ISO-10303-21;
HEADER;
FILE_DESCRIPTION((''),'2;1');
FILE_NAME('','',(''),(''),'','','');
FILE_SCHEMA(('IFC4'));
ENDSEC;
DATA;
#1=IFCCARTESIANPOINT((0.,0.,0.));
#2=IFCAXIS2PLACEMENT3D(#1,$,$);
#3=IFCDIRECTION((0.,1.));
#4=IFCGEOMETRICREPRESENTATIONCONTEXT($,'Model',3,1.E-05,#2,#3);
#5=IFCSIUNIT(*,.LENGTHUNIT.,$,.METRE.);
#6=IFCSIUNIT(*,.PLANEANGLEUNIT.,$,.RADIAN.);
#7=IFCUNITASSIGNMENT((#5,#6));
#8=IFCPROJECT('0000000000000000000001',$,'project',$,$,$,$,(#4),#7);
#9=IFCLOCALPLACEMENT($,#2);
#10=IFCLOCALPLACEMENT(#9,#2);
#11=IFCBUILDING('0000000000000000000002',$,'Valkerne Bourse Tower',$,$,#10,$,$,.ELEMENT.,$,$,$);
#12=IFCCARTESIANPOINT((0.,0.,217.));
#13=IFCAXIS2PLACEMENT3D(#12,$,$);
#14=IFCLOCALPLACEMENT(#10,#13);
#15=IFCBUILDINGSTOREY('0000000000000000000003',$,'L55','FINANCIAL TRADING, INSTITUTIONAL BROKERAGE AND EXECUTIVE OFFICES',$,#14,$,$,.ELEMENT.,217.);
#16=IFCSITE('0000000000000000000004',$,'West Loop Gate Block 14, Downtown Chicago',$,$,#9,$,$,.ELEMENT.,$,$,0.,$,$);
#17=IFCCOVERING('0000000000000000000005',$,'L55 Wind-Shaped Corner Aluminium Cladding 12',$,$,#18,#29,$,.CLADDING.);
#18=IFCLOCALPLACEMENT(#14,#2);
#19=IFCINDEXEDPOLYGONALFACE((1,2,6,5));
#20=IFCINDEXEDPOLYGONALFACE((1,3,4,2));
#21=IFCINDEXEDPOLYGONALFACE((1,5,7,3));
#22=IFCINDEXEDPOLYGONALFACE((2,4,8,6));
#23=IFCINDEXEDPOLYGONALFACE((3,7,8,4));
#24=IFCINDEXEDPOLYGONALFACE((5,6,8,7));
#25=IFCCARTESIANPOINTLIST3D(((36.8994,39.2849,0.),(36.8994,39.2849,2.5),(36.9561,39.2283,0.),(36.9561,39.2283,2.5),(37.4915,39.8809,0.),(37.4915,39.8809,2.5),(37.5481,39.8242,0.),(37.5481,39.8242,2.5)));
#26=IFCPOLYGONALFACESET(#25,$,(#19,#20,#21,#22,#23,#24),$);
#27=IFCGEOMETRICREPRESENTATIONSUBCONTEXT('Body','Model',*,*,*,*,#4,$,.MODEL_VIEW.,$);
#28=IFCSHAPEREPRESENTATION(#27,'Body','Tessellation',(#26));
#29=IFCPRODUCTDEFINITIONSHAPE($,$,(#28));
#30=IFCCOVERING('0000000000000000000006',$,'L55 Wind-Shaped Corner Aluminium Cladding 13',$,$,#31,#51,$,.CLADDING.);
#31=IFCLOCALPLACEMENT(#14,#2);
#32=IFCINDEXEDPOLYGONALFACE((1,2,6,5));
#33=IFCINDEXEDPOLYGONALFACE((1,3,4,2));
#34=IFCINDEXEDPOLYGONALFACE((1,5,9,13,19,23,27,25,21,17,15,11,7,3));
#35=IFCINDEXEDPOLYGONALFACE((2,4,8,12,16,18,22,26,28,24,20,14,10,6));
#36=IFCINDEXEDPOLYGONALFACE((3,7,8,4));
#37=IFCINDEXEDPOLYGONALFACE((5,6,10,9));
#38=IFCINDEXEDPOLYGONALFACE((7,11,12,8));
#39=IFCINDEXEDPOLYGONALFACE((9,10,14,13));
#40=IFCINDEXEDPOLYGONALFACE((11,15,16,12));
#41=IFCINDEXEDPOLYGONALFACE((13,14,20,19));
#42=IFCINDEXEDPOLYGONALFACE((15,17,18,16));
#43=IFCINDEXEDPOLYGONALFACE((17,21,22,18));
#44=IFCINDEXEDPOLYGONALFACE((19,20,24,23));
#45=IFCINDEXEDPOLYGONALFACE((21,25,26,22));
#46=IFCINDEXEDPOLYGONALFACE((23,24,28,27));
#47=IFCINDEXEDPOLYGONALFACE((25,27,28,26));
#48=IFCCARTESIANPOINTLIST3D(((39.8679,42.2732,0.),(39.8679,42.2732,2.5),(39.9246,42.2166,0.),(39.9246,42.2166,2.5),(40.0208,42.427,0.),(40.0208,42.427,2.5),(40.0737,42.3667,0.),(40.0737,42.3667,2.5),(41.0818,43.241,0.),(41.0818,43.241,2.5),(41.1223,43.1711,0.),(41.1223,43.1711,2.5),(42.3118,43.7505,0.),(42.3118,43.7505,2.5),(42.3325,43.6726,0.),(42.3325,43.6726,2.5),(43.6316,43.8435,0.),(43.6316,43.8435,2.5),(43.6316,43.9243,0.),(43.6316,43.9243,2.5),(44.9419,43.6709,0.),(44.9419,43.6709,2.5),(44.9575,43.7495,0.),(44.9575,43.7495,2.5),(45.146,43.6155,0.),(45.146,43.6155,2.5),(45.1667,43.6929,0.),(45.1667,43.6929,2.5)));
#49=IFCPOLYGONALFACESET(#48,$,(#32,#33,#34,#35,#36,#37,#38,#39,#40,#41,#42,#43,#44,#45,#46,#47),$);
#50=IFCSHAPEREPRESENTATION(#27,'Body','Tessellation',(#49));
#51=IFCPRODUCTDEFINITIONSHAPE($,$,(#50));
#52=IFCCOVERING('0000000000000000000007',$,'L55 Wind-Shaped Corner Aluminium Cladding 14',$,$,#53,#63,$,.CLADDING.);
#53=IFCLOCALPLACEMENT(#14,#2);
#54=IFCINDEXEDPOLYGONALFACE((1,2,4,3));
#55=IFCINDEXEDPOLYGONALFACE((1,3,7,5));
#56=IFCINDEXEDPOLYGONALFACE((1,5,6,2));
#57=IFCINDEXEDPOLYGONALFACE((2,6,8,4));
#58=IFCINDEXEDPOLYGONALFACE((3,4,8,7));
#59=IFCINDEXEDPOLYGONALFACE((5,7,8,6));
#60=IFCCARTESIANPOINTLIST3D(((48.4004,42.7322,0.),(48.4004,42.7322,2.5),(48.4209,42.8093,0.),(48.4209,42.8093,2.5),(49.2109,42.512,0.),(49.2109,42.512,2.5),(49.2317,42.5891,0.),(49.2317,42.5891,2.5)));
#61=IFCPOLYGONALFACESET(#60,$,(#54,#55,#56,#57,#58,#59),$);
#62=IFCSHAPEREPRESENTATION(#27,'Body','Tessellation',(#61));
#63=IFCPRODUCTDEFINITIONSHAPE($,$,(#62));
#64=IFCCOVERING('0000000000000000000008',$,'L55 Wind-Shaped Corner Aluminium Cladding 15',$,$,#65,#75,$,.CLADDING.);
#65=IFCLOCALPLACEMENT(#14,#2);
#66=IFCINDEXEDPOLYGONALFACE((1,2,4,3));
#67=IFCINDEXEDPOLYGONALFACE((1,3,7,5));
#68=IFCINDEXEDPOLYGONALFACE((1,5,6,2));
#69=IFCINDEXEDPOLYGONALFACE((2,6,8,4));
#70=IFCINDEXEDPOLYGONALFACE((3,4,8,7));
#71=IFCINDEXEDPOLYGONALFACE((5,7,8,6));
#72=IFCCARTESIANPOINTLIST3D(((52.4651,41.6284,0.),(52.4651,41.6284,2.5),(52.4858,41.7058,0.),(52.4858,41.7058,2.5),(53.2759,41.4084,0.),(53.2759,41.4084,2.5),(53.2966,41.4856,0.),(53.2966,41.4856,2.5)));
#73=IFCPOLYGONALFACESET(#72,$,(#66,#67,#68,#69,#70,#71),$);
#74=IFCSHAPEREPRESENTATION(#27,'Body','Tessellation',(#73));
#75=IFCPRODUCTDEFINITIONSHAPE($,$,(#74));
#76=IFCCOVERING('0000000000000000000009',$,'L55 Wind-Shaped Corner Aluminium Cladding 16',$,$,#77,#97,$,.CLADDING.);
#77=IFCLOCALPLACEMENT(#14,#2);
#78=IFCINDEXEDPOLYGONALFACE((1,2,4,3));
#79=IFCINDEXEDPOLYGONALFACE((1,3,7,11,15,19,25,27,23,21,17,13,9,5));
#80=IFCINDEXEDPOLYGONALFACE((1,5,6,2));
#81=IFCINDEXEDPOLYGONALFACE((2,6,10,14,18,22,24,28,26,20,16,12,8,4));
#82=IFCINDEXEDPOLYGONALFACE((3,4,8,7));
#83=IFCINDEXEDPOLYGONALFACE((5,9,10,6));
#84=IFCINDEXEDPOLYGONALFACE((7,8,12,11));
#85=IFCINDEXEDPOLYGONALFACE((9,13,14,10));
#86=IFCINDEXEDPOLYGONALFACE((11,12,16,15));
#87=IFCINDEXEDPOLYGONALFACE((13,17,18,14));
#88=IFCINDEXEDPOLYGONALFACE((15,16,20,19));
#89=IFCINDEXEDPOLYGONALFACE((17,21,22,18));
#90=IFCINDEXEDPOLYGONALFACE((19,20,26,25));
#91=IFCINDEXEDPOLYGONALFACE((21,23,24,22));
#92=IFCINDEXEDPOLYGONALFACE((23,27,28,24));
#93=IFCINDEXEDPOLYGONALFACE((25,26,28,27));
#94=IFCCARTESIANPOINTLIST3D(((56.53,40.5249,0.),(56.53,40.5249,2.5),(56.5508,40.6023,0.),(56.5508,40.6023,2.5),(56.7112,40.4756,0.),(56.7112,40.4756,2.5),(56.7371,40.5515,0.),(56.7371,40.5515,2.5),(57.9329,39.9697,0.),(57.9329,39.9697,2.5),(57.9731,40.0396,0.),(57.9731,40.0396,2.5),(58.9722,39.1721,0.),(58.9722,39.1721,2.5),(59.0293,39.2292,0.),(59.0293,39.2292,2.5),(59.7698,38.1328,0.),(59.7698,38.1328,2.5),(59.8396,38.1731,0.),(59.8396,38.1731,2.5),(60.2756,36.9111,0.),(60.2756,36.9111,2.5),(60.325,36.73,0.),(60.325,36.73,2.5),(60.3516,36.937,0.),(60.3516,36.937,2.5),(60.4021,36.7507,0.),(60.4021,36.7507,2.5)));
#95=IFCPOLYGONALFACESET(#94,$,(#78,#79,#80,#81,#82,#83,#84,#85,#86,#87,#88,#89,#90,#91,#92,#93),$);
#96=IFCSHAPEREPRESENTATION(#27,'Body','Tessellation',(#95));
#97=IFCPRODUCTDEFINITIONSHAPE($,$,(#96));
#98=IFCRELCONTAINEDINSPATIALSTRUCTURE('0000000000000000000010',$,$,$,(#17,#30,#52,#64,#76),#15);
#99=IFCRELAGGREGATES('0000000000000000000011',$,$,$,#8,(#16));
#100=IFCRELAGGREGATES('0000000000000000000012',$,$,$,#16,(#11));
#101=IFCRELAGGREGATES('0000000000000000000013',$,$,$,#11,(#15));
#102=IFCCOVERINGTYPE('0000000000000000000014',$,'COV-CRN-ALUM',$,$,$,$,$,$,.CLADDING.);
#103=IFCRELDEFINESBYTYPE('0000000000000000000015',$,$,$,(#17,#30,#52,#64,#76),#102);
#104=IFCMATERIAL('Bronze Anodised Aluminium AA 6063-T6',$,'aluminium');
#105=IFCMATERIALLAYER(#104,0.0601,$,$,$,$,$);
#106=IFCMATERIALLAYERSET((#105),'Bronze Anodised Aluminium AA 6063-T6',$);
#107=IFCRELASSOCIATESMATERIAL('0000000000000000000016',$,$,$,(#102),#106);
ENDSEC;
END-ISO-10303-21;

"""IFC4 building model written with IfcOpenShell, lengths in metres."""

from ifc_helpers import new_model, si_unit, direction, frame, origin, place, context, subcontext, project, spatial, polyline, outline, extrude, material, layer, layer_set, type_object, element, save


model = new_model("IFC4")

# Units and contexts
model_context = context("Model", 3, precision=1e-05, world=origin(), true_north=direction((0.0, 1.0)))
body_context = subcontext(model_context, "Body", "Model", "MODEL_VIEW")
ifc_project = project(units=[si_unit("LENGTHUNIT", "METRE"), si_unit("PLANEANGLEUNIT", "RADIAN")], contexts=[model_context])

# Site, building, storey
site_placement = place(None, origin())
site = spatial("IfcSite", under=ifc_project, at=site_placement, Name="West Loop Gate Block 14, Downtown Chicago", CompositionType="ELEMENT", RefElevation=0.0)
building_placement = place(site_placement, origin())
building = spatial("IfcBuilding", under=site, at=building_placement, Name="Valkerne Bourse Tower", CompositionType="ELEMENT")
storey_placement = place(building_placement, frame((0.0, 0.0, 217.0)))
storey = spatial("IfcBuildingStorey", under=building, at=storey_placement, Name="L55", Description="FINANCIAL TRADING, INSTITUTIONAL BROKERAGE AND EXECUTIVE OFFICES", CompositionType="ELEMENT", Elevation=217.0)

# Coverings
ifc_material_1 = material(Name="Bronze Anodised Aluminium AA 6063-T6", Category="aluminium")
ifc_layer_1 = layer(ifc_material_1, 0.0601)
ifc_layer_set_1 = layer_set([ifc_layer_1], Name="Bronze Anodised Aluminium AA 6063-T6")
covering_type = type_object("IfcCoveringType", Name="COV-CRN-ALUM", PredefinedType="CLADDING", material=ifc_layer_set_1)
covering_1_placement = place(storey_placement, origin())
element("IfcCovering", 1, at=covering_1_placement, inside=storey, type_object=covering_type, Name="L55 Wind-Shaped Corner Aluminium Cladding 12", PredefinedType="CLADDING", context=body_context, shape_type="SweptSolid", body=[
    extrude(outline(polyline([(37.4915, 39.8809), (37.5481, 39.8242), (36.9561, 39.2283), (36.8994, 39.2849), (37.4915, 39.8809)])), origin(), (0.0, 0.0, 1.0), 2.5),
])
covering_2_placement = place(storey_placement, origin())
element("IfcCovering", 2, at=covering_2_placement, inside=storey, type_object=covering_type, Name="L55 Wind-Shaped Corner Aluminium Cladding 13", PredefinedType="CLADDING", context=body_context, shape_type="SweptSolid", body=[
    extrude(outline(polyline([(40.0208, 42.427), (41.0818, 43.241), (42.3118, 43.7505), (43.6316, 43.9243), (44.9575, 43.7495), (45.1667, 43.6929), (45.146, 43.6155), (44.9419, 43.6709), (43.6316, 43.8435), (42.3325, 43.6726), (41.1223, 43.1711), (40.0737, 42.3667), (39.9246, 42.2166), (39.8679, 42.2732), (40.0208, 42.427)])), origin(), (0.0, 0.0, 1.0), 2.5),
])
covering_3_placement = place(storey_placement, origin())
element("IfcCovering", 3, at=covering_3_placement, inside=storey, type_object=covering_type, Name="L55 Wind-Shaped Corner Aluminium Cladding 14", PredefinedType="CLADDING", context=body_context, shape_type="SweptSolid", body=[
    extrude(outline(polyline([(49.2317, 42.5891), (49.2109, 42.512), (48.4004, 42.7322), (48.4209, 42.8093), (49.2317, 42.5891)])), origin(), (0.0, 0.0, 1.0), 2.5),
])
covering_4_placement = place(storey_placement, origin())
element("IfcCovering", 4, at=covering_4_placement, inside=storey, type_object=covering_type, Name="L55 Wind-Shaped Corner Aluminium Cladding 15", PredefinedType="CLADDING", context=body_context, shape_type="SweptSolid", body=[
    extrude(outline(polyline([(53.2966, 41.4856), (53.2759, 41.4084), (52.4651, 41.6284), (52.4858, 41.7058), (53.2966, 41.4856)])), origin(), (0.0, 0.0, 1.0), 2.5),
])
covering_5_placement = place(storey_placement, origin())
element("IfcCovering", 5, at=covering_5_placement, inside=storey, type_object=covering_type, Name="L55 Wind-Shaped Corner Aluminium Cladding 16", PredefinedType="CLADDING", context=body_context, shape_type="SweptSolid", body=[
    extrude(outline(polyline([(56.7371, 40.5515), (57.9731, 40.0396), (59.0293, 39.2292), (59.8396, 38.1731), (60.3516, 36.937), (60.4021, 36.7507), (60.325, 36.73), (60.2756, 36.9111), (59.7698, 38.1328), (58.9722, 39.1721), (57.9329, 39.9697), (56.7112, 40.4756), (56.53, 40.5249), (56.5508, 40.6023), (56.7371, 40.5515)])), origin(), (0.0, 0.0, 1.0), 2.5),
])

save(model, "model.ifc")
